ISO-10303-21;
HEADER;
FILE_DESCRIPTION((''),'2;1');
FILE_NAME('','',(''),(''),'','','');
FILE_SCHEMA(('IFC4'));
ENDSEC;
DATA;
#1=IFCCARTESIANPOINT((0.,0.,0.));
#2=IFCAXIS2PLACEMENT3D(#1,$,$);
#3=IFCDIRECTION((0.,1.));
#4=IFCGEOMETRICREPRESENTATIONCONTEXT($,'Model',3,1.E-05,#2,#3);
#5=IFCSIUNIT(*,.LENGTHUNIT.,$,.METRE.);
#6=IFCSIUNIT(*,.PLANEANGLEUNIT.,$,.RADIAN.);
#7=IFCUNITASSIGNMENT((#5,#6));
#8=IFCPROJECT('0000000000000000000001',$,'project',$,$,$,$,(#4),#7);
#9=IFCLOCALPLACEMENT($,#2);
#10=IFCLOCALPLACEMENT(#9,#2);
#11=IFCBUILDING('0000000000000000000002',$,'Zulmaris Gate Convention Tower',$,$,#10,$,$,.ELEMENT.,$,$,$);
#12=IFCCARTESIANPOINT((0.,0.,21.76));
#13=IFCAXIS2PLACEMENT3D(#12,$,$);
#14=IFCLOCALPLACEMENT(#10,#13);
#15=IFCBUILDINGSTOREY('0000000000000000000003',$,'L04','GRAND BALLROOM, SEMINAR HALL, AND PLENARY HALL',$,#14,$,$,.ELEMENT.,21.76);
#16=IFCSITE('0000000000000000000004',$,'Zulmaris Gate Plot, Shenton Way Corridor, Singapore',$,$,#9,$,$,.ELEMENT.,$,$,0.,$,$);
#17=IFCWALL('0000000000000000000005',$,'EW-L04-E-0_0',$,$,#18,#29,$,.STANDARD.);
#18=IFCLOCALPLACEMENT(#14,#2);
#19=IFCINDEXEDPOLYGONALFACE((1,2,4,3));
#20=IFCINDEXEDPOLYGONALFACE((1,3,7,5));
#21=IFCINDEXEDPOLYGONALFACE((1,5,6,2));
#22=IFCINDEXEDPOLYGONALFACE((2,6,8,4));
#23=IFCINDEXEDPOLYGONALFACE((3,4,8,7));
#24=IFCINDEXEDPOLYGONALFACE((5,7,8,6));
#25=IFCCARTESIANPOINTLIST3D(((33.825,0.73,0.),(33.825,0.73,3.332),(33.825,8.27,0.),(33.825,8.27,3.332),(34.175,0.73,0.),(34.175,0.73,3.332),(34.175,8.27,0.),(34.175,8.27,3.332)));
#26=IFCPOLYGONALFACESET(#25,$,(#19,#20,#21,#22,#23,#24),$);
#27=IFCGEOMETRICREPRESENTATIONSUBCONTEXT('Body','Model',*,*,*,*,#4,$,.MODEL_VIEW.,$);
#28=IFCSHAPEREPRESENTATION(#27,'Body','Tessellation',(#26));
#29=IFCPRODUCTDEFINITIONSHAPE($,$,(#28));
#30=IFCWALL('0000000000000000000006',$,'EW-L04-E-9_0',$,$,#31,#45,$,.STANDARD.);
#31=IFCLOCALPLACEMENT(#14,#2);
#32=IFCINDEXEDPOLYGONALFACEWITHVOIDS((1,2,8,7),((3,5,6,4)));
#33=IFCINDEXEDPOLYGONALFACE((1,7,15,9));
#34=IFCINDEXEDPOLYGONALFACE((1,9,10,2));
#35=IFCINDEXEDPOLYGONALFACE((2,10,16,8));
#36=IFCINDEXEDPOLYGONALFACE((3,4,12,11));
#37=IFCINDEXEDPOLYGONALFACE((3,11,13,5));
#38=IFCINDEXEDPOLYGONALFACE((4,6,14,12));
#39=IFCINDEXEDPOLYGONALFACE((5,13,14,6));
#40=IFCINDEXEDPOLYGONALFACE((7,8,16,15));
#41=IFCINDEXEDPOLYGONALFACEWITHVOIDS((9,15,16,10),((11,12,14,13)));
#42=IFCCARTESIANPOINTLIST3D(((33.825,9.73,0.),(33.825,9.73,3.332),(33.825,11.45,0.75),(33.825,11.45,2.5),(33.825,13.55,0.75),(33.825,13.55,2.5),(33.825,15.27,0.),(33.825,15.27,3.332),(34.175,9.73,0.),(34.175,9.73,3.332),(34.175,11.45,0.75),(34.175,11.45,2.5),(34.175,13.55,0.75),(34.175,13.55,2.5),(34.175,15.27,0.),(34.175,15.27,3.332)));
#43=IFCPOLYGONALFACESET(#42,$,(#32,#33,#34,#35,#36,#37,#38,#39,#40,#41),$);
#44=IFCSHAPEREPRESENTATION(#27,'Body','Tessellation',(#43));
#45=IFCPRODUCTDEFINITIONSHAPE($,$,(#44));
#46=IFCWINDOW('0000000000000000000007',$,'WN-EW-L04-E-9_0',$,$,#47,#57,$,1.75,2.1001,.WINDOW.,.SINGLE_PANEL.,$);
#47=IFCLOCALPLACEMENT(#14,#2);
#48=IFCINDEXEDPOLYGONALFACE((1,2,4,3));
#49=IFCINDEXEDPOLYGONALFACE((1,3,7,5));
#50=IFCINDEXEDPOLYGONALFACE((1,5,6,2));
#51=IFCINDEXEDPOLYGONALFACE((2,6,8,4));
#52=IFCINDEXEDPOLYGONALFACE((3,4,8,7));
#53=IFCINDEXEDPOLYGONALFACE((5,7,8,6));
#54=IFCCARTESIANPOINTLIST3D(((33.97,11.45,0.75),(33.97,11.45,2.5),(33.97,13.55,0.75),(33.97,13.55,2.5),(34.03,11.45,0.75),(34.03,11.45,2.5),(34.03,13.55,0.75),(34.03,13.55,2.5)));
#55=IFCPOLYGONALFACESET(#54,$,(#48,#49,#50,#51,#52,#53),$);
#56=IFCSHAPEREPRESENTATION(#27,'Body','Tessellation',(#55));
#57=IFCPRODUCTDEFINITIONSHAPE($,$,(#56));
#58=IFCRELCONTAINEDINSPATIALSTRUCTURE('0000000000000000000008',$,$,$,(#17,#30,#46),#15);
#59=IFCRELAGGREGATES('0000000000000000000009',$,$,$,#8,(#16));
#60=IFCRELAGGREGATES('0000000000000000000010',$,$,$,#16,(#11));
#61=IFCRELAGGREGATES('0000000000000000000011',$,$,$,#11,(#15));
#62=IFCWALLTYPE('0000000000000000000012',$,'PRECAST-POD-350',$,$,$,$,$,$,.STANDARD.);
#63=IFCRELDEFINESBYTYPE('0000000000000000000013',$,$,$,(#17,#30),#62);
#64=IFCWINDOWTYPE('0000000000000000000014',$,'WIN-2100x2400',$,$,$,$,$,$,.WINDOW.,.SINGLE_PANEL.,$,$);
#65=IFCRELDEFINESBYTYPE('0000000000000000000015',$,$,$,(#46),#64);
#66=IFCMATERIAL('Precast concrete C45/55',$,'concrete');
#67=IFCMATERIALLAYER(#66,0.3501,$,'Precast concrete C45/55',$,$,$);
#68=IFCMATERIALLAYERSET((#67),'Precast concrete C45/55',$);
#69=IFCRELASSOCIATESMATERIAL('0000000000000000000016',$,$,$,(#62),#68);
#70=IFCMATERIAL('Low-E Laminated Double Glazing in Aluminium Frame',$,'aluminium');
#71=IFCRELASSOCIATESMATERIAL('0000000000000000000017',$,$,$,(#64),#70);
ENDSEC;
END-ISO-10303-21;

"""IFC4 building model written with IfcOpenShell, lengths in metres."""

from ifc_helpers import new_model, si_unit, direction, frame, frame_2d, origin, place, context, subcontext, project, spatial, rectangle, extrude, material, layer, layer_set, type_object, element, fill, save


model = new_model("IFC4")

# Units and contexts
model_context = context("Model", 3, precision=1e-05, world=origin(), true_north=direction((0.0, 1.0)))
body_context = subcontext(model_context, "Body", "Model", "MODEL_VIEW")
ifc_project = project(units=[si_unit("LENGTHUNIT", "METRE"), si_unit("PLANEANGLEUNIT", "RADIAN")], contexts=[model_context])

# Site, building, storey
site_placement = place(None, origin())
site = spatial("IfcSite", under=ifc_project, at=site_placement, Name="Zulmaris Gate Plot, Shenton Way Corridor, Singapore", CompositionType="ELEMENT", RefElevation=0.0)
building_placement = place(site_placement, origin())
building = spatial("IfcBuilding", under=site, at=building_placement, Name="Zulmaris Gate Convention Tower", CompositionType="ELEMENT")
storey_placement = place(building_placement, frame((0.0, 0.0, 21.76)))
storey = spatial("IfcBuildingStorey", under=building, at=storey_placement, Name="L04", Description="GRAND BALLROOM, SEMINAR HALL, AND PLENARY HALL", CompositionType="ELEMENT", Elevation=21.76)

# Wall
ifc_material_1 = material(Name="Precast concrete C45/55", Category="concrete")
ifc_layer_1 = layer(ifc_material_1, 0.3501, Name="Precast concrete C45/55")
ifc_layer_set_1 = layer_set([ifc_layer_1], Name="Precast concrete C45/55")
wall_type_1 = type_object("IfcWallType", Name="PRECAST-POD-350", PredefinedType="STANDARD", material=ifc_layer_set_1)
wall_1_placement = place(storey_placement, frame((34.0, 8.27, 0.0), z_axis=(0.0, 0.0, 1.0), x_axis=(0.0, -1.0, 0.0)))
element("IfcWall", 1, at=wall_1_placement, inside=storey, type_object=wall_type_1, Name="EW-L04-E-0_0", PredefinedType="STANDARD", context=body_context, shape_type="SweptSolid", body=[
    extrude(rectangle(XDim=7.54, YDim=0.3501, at=frame_2d((3.77, 0.0))), origin(), (0.0, 0.0, 1.0), 3.332),
])

# Wall, opening, window
wall_2_placement = place(storey_placement, frame((34.0, 15.27, 0.0), z_axis=(0.0, 0.0, 1.0), x_axis=(0.0, -1.0, 0.0)))
wall_2 = element("IfcWall", 2, at=wall_2_placement, inside=storey, type_object=wall_type_1, Name="EW-L04-E-9_0", PredefinedType="STANDARD", context=body_context, shape_type="SweptSolid", body=[
    extrude(rectangle(XDim=5.54, YDim=0.3501, at=frame_2d((2.77, 0.0))), origin(), (0.0, 0.0, 1.0), 3.332),
])
opening_1_placement = place(wall_2_placement, frame((1.72, 0.0, 0.75)))
opening_1 = element("IfcOpeningElement", 3, at=opening_1_placement, cuts=wall_2, PredefinedType="OPENING", context=body_context, shape_type="SweptSolid", body=[
    extrude(rectangle(XDim=2.1001, YDim=1.75, at=frame_2d((1.05, 0.875))), frame((0.0, 0.1851, 0.0), z_axis=(0.0, -1.0, 0.0), x_axis=(1.0, 0.0, 0.0)), (0.0, 0.0, 1.0), 0.3701),
])
ifc_material_2 = material(Name="Low-E Laminated Double Glazing in Aluminium Frame", Category="aluminium")
window_type = type_object("IfcWindowType", Name="WIN-2100x2400", PartitioningType="SINGLE_PANEL", PredefinedType="WINDOW", material=ifc_material_2)
window_placement = place(opening_1_placement, origin())
window = element("IfcWindow", 4, at=window_placement, inside=storey, type_object=window_type, Name="WN-EW-L04-E-9_0", OverallHeight=1.75, OverallWidth=2.1001, PartitioningType="SINGLE_PANEL", PredefinedType="WINDOW", context=body_context, shape_type="SweptSolid", body=[
    extrude(rectangle(XDim=2.1001, YDim=1.75, at=frame_2d((1.05, 0.875))), frame((0.0, 0.03, 0.0), z_axis=(0.0, -1.0, 0.0), x_axis=(1.0, 0.0, 0.0)), (0.0, 0.0, 1.0), 0.0601),
])
fill(opening_1, window)

save(model, "model.ifc")
